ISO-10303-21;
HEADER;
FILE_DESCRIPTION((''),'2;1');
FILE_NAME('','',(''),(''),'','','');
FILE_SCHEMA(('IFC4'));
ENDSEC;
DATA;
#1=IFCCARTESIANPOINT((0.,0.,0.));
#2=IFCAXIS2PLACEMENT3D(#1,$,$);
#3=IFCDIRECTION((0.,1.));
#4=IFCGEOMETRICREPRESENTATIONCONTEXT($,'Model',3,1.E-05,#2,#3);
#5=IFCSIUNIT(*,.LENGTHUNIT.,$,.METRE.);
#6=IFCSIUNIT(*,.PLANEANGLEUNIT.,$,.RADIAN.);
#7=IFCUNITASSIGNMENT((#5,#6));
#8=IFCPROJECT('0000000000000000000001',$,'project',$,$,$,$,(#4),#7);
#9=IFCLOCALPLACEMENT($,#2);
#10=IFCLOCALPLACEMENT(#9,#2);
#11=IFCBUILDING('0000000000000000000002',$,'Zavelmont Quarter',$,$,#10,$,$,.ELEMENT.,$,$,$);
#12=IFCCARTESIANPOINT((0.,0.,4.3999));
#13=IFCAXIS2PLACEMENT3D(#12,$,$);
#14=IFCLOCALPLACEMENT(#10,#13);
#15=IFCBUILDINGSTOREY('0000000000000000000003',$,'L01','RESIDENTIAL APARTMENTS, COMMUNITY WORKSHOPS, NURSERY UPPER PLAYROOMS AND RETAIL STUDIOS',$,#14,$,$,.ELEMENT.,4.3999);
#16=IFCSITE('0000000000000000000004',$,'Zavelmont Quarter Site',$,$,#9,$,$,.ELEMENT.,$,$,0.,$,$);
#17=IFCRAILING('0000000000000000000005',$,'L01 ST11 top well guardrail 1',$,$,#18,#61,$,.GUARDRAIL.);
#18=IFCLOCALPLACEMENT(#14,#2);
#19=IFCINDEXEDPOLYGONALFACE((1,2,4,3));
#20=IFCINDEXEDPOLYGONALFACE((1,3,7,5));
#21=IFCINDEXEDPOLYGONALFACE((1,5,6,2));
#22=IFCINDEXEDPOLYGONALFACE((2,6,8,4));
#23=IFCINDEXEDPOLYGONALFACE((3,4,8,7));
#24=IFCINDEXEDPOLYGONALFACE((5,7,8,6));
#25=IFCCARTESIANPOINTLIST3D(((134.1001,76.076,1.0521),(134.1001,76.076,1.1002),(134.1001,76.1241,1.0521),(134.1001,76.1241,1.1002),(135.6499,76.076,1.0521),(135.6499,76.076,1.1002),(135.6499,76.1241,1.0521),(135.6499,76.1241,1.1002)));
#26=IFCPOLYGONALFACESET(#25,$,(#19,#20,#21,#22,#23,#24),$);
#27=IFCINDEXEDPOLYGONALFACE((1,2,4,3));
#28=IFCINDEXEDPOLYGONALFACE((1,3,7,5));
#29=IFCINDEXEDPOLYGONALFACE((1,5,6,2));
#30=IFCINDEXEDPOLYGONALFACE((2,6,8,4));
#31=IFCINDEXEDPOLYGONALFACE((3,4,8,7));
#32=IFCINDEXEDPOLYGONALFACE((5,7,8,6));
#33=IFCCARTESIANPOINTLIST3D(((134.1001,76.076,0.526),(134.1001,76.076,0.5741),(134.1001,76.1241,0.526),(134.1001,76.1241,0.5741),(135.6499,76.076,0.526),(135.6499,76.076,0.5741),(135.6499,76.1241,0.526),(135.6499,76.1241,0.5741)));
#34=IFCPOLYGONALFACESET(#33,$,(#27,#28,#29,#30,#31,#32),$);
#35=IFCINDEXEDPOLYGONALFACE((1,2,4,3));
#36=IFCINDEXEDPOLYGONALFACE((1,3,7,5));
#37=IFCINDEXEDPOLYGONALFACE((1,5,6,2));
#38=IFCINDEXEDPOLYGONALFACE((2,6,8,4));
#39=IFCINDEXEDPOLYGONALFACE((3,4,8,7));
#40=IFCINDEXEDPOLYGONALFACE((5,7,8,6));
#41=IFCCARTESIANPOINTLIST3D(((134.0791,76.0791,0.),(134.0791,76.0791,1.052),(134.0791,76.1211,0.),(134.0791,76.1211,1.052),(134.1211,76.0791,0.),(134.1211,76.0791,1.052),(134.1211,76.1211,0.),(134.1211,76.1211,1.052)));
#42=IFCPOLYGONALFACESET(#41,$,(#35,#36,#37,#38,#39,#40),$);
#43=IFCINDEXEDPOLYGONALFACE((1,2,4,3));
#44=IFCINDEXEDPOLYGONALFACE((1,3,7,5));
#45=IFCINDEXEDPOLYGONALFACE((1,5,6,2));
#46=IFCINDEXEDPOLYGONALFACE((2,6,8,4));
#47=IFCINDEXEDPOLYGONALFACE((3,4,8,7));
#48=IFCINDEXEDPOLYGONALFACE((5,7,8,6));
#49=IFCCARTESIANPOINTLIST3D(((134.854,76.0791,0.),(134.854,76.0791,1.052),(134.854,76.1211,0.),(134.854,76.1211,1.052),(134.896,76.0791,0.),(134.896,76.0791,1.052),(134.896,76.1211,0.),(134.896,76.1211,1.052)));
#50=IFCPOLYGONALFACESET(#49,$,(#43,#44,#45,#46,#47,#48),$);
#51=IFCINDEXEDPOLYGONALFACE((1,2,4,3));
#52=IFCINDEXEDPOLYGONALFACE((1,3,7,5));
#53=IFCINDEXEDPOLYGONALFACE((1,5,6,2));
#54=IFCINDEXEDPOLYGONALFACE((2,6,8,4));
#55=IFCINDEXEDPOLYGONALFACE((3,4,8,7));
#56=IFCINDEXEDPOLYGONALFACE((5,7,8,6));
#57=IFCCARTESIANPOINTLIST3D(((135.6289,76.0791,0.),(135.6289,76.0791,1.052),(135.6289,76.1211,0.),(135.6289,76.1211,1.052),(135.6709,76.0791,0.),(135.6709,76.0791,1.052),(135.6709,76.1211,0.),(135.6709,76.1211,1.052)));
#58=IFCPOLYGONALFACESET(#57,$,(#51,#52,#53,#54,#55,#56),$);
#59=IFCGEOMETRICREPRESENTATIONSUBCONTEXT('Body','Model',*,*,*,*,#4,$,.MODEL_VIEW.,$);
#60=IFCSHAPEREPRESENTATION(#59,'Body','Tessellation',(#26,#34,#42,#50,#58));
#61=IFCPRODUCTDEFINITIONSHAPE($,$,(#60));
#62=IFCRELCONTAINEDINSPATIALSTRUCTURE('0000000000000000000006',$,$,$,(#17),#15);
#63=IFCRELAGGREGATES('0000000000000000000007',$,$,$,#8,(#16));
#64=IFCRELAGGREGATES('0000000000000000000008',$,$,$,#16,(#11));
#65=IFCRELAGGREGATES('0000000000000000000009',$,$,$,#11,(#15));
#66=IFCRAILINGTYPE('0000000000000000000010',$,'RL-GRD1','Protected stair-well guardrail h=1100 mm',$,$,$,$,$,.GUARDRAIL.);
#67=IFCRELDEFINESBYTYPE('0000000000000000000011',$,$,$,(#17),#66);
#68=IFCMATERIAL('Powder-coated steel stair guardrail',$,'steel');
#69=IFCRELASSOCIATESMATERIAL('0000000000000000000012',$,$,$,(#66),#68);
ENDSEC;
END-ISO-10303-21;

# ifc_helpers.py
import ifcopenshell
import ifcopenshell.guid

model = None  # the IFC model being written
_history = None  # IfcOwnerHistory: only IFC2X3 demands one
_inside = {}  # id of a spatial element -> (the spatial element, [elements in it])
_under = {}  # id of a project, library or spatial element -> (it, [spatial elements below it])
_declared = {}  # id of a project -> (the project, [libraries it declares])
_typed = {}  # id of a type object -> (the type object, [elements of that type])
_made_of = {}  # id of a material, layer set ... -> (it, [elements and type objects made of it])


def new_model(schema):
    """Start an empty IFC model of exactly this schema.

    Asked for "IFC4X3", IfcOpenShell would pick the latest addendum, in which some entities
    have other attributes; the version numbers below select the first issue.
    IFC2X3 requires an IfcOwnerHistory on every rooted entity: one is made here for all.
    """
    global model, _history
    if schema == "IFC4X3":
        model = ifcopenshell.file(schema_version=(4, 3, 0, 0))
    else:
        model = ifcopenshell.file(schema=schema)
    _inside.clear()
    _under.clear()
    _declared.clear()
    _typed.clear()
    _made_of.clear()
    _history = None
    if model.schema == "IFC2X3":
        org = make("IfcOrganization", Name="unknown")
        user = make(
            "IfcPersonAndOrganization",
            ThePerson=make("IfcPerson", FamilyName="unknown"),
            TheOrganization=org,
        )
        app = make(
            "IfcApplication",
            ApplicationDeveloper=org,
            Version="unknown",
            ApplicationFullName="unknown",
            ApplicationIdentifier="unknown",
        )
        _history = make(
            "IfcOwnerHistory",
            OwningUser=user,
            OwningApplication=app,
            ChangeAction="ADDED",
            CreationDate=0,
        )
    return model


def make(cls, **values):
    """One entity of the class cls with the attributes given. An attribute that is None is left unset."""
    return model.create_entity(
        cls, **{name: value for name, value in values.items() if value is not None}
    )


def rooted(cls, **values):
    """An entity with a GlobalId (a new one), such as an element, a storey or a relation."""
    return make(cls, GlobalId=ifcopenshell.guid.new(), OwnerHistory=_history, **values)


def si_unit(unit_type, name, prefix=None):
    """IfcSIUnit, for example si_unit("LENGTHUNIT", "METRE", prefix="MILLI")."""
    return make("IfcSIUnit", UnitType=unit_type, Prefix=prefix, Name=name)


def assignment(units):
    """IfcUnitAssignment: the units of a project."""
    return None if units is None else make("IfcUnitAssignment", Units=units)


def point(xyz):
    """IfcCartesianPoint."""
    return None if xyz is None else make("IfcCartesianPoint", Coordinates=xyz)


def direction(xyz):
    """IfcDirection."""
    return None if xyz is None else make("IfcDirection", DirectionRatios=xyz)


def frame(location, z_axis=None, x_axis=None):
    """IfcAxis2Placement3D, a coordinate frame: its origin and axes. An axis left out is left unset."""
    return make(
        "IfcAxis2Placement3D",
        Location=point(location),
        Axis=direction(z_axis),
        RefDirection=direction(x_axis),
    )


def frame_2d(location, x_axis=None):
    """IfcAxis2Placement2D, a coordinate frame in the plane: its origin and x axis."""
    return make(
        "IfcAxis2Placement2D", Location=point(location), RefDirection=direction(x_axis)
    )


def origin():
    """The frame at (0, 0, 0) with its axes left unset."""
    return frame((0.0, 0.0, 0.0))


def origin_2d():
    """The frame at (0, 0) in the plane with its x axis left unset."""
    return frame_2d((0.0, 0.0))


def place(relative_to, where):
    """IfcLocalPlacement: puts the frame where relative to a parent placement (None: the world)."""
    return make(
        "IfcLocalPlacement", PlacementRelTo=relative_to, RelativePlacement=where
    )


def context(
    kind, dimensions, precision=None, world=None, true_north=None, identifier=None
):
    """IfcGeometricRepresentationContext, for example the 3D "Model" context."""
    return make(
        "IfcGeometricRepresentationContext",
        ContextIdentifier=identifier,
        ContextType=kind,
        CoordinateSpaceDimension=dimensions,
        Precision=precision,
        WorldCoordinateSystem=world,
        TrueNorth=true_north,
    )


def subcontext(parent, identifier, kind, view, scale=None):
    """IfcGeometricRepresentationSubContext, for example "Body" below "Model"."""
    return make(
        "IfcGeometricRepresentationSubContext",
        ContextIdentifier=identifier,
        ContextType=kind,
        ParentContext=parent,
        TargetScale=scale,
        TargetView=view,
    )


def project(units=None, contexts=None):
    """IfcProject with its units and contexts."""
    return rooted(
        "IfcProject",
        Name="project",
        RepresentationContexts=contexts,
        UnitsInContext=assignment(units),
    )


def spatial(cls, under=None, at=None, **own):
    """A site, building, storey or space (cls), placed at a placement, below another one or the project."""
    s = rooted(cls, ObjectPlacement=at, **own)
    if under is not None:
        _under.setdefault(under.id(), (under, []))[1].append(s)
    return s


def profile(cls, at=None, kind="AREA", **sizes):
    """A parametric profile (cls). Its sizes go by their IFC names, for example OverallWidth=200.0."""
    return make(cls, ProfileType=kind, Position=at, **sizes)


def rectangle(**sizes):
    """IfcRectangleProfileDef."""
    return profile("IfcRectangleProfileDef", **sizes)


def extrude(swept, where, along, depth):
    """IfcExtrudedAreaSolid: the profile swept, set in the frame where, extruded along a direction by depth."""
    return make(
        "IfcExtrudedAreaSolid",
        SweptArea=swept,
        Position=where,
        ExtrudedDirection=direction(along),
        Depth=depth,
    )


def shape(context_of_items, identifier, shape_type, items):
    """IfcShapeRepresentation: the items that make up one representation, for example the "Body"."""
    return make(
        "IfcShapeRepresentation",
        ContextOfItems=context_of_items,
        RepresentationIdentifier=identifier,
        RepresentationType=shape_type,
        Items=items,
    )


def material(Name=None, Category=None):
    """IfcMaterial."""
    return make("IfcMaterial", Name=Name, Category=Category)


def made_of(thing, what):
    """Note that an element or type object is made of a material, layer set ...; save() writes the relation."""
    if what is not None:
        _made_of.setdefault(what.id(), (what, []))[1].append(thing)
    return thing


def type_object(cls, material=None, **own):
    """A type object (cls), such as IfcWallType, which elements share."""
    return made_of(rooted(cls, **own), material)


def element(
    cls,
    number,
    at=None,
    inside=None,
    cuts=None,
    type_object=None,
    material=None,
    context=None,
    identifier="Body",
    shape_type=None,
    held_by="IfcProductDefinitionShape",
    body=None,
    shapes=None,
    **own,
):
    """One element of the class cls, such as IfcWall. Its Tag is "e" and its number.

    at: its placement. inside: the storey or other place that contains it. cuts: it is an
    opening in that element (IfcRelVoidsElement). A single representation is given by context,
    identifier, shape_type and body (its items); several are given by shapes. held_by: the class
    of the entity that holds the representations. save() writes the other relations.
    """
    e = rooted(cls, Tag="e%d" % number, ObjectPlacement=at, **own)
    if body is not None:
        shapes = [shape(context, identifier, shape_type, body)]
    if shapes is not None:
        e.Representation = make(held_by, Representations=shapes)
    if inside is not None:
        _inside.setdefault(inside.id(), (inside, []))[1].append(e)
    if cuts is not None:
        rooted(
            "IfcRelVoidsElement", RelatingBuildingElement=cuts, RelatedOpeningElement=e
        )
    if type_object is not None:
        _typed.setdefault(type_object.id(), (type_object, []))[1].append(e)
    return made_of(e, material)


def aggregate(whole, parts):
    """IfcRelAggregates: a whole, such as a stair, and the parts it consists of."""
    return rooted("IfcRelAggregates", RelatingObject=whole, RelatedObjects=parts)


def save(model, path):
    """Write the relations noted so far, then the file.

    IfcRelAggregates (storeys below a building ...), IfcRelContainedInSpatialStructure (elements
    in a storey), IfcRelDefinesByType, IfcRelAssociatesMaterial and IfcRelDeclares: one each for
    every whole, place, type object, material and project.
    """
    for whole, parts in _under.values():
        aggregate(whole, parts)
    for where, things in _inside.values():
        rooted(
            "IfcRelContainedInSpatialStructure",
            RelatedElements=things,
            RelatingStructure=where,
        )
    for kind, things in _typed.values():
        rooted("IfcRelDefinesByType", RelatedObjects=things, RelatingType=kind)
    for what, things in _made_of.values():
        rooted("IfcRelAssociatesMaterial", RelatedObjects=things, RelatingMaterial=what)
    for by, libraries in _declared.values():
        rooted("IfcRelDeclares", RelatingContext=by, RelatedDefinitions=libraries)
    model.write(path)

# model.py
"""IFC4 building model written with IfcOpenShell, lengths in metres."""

from ifc_helpers import new_model, si_unit, direction, frame, origin, origin_2d, place, context, subcontext, project, spatial, rectangle, extrude, material, type_object, element, save


model = new_model("IFC4")

# Units and contexts
model_context = context("Model", 3, precision=1e-05, world=origin(), true_north=direction((0.0, 1.0)))
body_context = subcontext(model_context, "Body", "Model", "MODEL_VIEW")
ifc_project = project(units=[si_unit("LENGTHUNIT", "METRE"), si_unit("PLANEANGLEUNIT", "RADIAN")], contexts=[model_context])

# Site, building, storey
site_placement = place(None, origin())
site = spatial("IfcSite", under=ifc_project, at=site_placement, Name="Zavelmont Quarter Site", CompositionType="ELEMENT", RefElevation=0.0)
building_placement = place(site_placement, origin())
building = spatial("IfcBuilding", under=site, at=building_placement, Name="Zavelmont Quarter", CompositionType="ELEMENT")
storey_placement = place(building_placement, frame((0.0, 0.0, 4.3999)))
storey = spatial("IfcBuildingStorey", under=building, at=storey_placement, Name="L01", Description="RESIDENTIAL APARTMENTS, COMMUNITY WORKSHOPS, NURSERY UPPER PLAYROOMS AND RETAIL STUDIOS", CompositionType="ELEMENT", Elevation=4.3999)

# Railing
ifc_material_1 = material(Name="Powder-coated steel stair guardrail", Category="steel")
railing_type = type_object("IfcRailingType", Name="RL-GRD1", Description="Protected stair-well guardrail h=1100 mm", PredefinedType="GUARDRAIL", material=ifc_material_1)
railing_placement = place(storey_placement, frame((134.1001, 76.1001, 0.0)))
element("IfcRailing", 1, at=railing_placement, inside=storey, type_object=railing_type, Name="L01 ST11 top well guardrail 1", PredefinedType="GUARDRAIL", context=body_context, shape_type="SweptSolid", body=[
    extrude(rectangle(XDim=0.0481, YDim=0.0481, at=origin_2d()), frame((0.0, 0.0, 1.0762), z_axis=(1.0, 0.0, 0.0), x_axis=(0.0, 1.0, 0.0)), (0.0, 0.0, 1.0), 1.5498),
    extrude(rectangle(XDim=0.0481, YDim=0.0481, at=origin_2d()), frame((0.0, 0.0, 0.55), z_axis=(1.0, 0.0, 0.0), x_axis=(0.0, 1.0, 0.0)), (0.0, 0.0, 1.0), 1.5498),
    extrude(rectangle(XDim=0.042, YDim=0.042, at=origin_2d()), origin(), (0.0, 0.0, 1.0), 1.052),
    extrude(rectangle(XDim=0.042, YDim=0.042, at=origin_2d()), frame((0.7749, 0.0, 0.0)), (0.0, 0.0, 1.0), 1.052),
    extrude(rectangle(XDim=0.042, YDim=0.042, at=origin_2d()), frame((1.5498, 0.0, 0.0)), (0.0, 0.0, 1.0), 1.052),
])

save(model, "model.ifc")
